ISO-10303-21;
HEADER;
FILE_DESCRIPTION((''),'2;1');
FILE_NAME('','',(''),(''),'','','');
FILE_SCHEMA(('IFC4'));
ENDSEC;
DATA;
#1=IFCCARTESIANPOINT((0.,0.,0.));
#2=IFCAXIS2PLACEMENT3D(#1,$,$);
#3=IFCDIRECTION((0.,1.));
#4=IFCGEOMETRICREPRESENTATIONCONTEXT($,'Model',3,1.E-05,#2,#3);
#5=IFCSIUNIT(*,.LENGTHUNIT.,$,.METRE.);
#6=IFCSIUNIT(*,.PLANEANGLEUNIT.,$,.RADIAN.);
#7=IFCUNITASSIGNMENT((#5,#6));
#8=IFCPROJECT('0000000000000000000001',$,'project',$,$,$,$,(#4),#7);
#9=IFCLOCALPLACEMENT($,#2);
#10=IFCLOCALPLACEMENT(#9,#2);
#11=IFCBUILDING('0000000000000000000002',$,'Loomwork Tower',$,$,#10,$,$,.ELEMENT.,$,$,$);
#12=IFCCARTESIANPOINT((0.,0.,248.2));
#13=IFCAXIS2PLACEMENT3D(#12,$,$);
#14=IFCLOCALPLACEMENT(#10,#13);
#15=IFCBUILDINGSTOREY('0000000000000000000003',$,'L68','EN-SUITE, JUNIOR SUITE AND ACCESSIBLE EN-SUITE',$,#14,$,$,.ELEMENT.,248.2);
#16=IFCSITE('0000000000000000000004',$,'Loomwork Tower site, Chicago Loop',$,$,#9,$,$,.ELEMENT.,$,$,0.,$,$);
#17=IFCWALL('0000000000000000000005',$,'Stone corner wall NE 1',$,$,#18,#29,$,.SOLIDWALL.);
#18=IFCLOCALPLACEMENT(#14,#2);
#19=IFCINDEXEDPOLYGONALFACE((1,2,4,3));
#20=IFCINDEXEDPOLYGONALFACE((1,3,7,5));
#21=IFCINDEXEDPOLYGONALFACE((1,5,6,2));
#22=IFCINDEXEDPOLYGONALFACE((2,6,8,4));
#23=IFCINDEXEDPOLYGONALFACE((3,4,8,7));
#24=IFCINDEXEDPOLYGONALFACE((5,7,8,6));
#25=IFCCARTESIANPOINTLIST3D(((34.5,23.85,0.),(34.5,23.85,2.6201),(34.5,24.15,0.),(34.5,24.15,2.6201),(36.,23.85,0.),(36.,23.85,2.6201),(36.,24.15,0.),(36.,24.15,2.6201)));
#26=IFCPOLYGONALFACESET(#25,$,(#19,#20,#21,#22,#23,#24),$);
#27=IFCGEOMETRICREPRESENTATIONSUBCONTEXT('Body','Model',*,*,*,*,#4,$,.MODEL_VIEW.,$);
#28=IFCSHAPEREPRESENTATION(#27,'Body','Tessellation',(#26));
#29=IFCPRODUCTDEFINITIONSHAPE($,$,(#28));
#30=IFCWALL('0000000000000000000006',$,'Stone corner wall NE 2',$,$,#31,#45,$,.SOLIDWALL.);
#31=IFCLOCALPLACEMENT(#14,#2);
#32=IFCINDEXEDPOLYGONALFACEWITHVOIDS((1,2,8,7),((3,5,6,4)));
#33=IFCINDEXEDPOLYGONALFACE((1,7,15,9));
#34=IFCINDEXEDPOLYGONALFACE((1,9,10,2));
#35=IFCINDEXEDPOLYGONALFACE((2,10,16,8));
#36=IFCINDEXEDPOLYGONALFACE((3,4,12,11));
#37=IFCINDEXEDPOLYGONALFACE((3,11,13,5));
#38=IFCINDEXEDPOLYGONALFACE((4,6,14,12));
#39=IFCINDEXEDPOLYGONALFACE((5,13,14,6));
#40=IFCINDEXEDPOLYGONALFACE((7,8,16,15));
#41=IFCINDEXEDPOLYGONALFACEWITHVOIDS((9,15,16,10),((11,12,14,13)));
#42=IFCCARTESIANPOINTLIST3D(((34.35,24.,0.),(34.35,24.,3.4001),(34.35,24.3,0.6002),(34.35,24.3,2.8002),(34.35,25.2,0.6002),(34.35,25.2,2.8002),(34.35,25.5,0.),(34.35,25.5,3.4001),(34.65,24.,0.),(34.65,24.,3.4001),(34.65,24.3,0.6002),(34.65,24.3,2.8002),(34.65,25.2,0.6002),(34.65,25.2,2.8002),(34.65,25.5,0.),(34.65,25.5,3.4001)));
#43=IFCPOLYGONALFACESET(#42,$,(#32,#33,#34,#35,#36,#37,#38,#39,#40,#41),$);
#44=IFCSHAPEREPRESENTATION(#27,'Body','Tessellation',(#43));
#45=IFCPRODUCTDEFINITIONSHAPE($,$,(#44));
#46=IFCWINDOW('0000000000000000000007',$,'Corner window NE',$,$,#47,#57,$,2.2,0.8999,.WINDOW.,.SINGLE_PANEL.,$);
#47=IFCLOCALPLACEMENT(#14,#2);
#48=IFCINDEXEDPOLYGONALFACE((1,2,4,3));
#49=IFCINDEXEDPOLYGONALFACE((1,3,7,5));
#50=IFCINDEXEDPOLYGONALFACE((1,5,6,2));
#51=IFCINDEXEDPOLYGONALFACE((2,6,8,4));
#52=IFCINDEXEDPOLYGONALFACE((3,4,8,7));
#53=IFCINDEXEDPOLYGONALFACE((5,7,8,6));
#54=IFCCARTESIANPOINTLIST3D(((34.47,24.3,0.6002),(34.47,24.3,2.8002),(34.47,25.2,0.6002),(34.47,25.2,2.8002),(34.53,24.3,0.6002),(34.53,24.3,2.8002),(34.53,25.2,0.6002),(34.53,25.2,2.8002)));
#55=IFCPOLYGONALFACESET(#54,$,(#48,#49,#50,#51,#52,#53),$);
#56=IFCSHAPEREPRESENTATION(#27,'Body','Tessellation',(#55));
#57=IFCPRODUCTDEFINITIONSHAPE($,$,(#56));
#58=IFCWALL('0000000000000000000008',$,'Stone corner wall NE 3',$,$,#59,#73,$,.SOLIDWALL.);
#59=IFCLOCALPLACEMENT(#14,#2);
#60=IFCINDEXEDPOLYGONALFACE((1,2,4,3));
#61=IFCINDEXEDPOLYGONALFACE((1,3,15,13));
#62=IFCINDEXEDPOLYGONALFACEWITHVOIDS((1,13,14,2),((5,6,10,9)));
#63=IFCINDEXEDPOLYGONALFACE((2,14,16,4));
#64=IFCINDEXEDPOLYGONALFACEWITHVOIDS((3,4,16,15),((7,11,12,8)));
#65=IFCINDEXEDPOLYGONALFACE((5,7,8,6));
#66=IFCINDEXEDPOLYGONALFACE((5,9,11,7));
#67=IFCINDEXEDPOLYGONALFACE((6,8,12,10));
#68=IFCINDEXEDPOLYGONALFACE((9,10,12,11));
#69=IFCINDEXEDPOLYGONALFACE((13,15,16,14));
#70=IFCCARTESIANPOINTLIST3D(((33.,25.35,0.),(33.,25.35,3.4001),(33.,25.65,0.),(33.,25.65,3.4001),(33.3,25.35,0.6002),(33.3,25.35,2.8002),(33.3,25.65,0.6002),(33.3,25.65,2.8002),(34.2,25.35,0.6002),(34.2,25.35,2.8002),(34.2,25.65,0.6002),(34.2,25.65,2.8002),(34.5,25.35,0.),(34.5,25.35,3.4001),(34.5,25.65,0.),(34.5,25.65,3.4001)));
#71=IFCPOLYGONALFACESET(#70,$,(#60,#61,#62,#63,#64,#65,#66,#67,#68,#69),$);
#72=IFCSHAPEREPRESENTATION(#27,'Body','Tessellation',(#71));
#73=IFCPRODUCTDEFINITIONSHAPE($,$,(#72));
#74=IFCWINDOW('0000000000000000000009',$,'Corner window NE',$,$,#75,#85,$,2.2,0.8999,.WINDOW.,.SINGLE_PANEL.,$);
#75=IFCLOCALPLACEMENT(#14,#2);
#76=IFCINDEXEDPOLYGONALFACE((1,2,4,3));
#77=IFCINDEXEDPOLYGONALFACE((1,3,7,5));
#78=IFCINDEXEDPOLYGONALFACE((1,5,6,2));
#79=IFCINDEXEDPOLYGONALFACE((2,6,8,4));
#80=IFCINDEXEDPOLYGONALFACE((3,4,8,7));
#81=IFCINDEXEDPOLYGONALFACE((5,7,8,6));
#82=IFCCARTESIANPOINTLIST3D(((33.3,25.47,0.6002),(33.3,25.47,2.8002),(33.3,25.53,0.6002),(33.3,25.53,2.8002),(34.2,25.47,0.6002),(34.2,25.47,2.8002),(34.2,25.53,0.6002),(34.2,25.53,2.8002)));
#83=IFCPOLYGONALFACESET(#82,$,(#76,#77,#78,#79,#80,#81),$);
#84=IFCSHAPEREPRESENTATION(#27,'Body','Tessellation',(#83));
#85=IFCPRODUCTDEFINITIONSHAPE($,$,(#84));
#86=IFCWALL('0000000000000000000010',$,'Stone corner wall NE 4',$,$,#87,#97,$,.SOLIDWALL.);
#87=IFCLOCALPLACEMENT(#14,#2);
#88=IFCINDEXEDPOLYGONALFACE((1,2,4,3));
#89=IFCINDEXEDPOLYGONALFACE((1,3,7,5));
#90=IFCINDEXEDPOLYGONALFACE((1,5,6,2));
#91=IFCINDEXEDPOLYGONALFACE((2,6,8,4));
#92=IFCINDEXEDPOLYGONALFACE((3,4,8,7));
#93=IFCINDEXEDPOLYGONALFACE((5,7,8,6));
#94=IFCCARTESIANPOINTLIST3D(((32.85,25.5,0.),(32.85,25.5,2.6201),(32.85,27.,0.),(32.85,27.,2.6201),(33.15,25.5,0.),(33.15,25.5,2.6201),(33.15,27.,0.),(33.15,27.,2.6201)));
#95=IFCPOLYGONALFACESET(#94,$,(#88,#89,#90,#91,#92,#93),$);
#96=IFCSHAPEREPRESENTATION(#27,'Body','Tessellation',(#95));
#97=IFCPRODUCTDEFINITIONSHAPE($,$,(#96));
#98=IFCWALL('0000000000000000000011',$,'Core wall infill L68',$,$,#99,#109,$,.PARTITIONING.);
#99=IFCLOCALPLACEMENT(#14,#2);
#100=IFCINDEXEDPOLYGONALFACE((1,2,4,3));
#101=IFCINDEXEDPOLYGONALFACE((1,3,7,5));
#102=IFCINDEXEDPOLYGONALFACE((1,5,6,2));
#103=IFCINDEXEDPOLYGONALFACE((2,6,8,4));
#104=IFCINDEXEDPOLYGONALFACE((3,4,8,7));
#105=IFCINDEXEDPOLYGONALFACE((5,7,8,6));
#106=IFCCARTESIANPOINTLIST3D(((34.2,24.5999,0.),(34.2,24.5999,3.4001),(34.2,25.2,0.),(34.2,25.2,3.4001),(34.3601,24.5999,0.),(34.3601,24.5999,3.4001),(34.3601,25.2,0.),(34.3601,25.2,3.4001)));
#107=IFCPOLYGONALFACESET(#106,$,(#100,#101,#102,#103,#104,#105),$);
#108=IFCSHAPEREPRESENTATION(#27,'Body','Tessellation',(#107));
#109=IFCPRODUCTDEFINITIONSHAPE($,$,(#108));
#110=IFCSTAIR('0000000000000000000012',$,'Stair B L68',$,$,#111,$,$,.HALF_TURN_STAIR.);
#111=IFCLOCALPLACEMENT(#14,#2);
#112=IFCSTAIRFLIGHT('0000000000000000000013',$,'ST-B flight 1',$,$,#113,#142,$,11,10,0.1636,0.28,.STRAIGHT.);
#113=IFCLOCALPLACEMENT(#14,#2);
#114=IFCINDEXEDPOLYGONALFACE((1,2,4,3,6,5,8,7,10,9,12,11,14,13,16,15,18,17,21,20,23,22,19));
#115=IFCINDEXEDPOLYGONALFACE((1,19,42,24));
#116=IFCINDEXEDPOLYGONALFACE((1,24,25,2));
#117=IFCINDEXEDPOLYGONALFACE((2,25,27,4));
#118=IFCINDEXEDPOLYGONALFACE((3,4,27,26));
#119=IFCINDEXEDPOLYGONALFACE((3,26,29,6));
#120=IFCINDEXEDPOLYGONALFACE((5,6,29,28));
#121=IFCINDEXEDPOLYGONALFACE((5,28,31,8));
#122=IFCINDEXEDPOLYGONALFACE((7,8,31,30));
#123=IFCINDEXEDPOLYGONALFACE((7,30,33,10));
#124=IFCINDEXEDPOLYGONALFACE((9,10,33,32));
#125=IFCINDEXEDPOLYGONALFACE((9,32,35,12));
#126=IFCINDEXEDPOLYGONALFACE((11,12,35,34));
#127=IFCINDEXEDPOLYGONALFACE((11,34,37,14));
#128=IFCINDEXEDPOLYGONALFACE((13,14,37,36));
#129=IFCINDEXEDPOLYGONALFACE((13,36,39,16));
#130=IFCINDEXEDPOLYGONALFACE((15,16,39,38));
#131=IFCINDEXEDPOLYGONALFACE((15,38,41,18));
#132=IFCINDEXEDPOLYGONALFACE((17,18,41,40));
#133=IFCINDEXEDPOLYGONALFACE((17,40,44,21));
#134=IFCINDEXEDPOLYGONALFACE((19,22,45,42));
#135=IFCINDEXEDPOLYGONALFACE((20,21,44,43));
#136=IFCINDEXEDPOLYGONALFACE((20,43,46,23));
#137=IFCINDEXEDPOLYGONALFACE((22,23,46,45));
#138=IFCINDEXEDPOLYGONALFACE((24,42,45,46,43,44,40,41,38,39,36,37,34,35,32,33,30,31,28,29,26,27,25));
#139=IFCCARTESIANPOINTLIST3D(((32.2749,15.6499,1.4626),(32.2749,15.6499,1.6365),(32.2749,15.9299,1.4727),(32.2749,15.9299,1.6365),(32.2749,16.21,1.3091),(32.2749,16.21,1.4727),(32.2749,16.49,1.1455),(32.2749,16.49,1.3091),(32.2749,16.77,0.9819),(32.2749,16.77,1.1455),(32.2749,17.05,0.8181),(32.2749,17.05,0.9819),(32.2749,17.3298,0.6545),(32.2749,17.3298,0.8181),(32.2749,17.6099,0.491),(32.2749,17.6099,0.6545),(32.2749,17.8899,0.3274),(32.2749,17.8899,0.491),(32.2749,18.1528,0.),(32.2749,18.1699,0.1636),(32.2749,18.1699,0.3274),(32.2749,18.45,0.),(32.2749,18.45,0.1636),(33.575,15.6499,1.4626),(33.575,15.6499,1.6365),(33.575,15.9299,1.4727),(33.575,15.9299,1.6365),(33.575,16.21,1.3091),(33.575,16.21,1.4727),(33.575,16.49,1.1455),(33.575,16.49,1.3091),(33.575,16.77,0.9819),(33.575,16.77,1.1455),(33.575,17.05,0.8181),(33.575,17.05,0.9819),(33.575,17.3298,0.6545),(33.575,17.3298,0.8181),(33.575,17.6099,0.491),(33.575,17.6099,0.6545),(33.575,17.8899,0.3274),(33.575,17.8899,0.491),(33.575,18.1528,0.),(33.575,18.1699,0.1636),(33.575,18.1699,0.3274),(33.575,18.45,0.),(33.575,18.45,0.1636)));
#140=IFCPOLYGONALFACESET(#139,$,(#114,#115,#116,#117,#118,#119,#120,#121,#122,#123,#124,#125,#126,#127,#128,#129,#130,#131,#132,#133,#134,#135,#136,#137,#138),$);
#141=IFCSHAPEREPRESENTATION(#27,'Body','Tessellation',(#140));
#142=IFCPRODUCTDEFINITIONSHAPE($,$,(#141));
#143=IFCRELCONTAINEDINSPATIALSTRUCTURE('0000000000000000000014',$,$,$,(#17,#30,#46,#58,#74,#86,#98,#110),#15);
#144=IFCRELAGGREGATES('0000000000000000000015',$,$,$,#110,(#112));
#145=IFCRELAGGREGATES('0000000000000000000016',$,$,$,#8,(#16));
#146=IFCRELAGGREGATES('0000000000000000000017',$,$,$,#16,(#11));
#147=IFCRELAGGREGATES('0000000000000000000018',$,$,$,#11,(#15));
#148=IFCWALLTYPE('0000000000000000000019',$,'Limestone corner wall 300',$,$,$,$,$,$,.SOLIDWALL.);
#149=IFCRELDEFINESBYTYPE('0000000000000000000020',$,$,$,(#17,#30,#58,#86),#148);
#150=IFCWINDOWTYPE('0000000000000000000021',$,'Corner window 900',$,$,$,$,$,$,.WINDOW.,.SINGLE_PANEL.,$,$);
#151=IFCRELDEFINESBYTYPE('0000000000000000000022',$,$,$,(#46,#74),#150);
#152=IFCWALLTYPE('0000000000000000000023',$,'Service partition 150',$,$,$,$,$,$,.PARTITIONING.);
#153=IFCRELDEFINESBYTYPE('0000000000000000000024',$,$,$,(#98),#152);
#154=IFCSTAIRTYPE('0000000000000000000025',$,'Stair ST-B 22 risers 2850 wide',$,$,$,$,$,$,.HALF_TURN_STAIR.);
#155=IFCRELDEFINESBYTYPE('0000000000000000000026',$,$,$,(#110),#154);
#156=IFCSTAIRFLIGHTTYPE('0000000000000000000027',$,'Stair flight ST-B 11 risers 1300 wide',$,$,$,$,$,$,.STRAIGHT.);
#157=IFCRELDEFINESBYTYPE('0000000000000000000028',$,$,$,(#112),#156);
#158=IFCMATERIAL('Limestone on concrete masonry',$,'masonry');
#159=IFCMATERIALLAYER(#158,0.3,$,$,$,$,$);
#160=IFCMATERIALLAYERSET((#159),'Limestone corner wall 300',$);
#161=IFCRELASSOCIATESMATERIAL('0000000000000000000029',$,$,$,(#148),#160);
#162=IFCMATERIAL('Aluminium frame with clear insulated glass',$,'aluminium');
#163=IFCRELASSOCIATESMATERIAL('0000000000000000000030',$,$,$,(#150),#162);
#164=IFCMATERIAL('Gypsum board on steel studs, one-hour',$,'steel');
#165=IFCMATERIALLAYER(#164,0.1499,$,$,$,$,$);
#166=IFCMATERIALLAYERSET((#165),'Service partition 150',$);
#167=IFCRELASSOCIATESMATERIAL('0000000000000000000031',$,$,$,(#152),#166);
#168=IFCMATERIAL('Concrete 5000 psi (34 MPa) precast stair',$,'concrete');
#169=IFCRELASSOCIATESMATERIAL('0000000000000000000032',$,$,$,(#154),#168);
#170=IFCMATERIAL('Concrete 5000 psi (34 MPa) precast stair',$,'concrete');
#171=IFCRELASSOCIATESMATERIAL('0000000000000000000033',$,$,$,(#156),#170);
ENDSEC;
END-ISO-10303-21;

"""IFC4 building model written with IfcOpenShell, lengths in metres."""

from ifc_helpers import new_model, si_unit, direction, frame, frame_2d, origin, place, context, subcontext, project, spatial, polyline, rectangle, outline, extrude, material, layer, layer_set, type_object, element, fill, aggregate, save


model = new_model("IFC4")

# Units and contexts
model_context = context("Model", 3, precision=1e-05, world=origin(), true_north=direction((0.0, 1.0)))
body_context = subcontext(model_context, "Body", "Model", "MODEL_VIEW")
ifc_project = project(units=[si_unit("LENGTHUNIT", "METRE"), si_unit("PLANEANGLEUNIT", "RADIAN")], contexts=[model_context])

# Site, building, storey
site_placement = place(None, origin())
site = spatial("IfcSite", under=ifc_project, at=site_placement, Name="Loomwork Tower site, Chicago Loop", CompositionType="ELEMENT", RefElevation=0.0)
building_placement = place(site_placement, origin())
building = spatial("IfcBuilding", under=site, at=building_placement, Name="Loomwork Tower", CompositionType="ELEMENT")
storey_placement = place(building_placement, frame((0.0, 0.0, 248.2)))
storey = spatial("IfcBuildingStorey", under=building, at=storey_placement, Name="L68", Description="EN-SUITE, JUNIOR SUITE AND ACCESSIBLE EN-SUITE", CompositionType="ELEMENT", Elevation=248.2)

# Wall
ifc_material_1 = material(Name="Limestone on concrete masonry", Category="masonry")
ifc_layer_1 = layer(ifc_material_1, 0.3)
ifc_layer_set_1 = layer_set([ifc_layer_1], Name="Limestone corner wall 300")
wall_type_1 = type_object("IfcWallType", Name="Limestone corner wall 300", PredefinedType="SOLIDWALL", material=ifc_layer_set_1)
wall_1_placement = place(storey_placement, frame((36.0, 24.0, 0.0), z_axis=(0.0, 0.0, 1.0), x_axis=(-1.0, 0.0, 0.0)))
element("IfcWall", 1, at=wall_1_placement, inside=storey, type_object=wall_type_1, Name="Stone corner wall NE 1", PredefinedType="SOLIDWALL", context=body_context, shape_type="SweptSolid", body=[
    extrude(rectangle(XDim=1.5, YDim=0.3, at=frame_2d((0.75, 0.0))), origin(), (0.0, 0.0, 1.0), 2.6201),
])

# Walls, openings, windows
wall_2_placement = place(storey_placement, frame((34.5, 24.0, 0.0), z_axis=(0.0, 0.0, 1.0), x_axis=(0.0, 1.0, 0.0)))
wall_2 = element("IfcWall", 2, at=wall_2_placement, inside=storey, type_object=wall_type_1, Name="Stone corner wall NE 2", PredefinedType="SOLIDWALL", context=body_context, shape_type="SweptSolid", body=[
    extrude(rectangle(XDim=1.5, YDim=0.3, at=frame_2d((0.75, 0.0))), origin(), (0.0, 0.0, 1.0), 3.4001),
])
opening_1_placement = place(wall_2_placement, frame((0.3, 0.0, 0.6001)))
opening_1 = element("IfcOpeningElement", 3, at=opening_1_placement, cuts=wall_2, PredefinedType="OPENING", context=body_context, shape_type="SweptSolid", body=[
    extrude(rectangle(XDim=0.8999, YDim=2.2, at=frame_2d((0.45, 1.1001))), frame((0.0, 0.1599, 0.0), z_axis=(0.0, -1.0, 0.0), x_axis=(1.0, 0.0, 0.0)), (0.0, 0.0, 1.0), 0.3201),
])
ifc_material_2 = material(Name="Aluminium frame with clear insulated glass", Category="aluminium")
window_type = type_object("IfcWindowType", Name="Corner window 900", PartitioningType="SINGLE_PANEL", PredefinedType="WINDOW", material=ifc_material_2)
window_1_placement = place(opening_1_placement, origin())
window_1 = element("IfcWindow", 4, at=window_1_placement, inside=storey, type_object=window_type, Name="Corner window NE", OverallHeight=2.2, OverallWidth=0.8999, PartitioningType="SINGLE_PANEL", PredefinedType="WINDOW", context=body_context, shape_type="SweptSolid", body=[
    extrude(rectangle(XDim=0.8999, YDim=2.2, at=frame_2d((0.45, 1.1001))), frame((0.0, 0.03, 0.0), z_axis=(0.0, -1.0, 0.0), x_axis=(1.0, 0.0, 0.0)), (0.0, 0.0, 1.0), 0.0601),
])
fill(opening_1, window_1)
wall_3_placement = place(storey_placement, frame((34.5, 25.5, 0.0), z_axis=(0.0, 0.0, 1.0), x_axis=(-1.0, 0.0, 0.0)))
wall_3 = element("IfcWall", 5, at=wall_3_placement, inside=storey, type_object=wall_type_1, Name="Stone corner wall NE 3", PredefinedType="SOLIDWALL", context=body_context, shape_type="SweptSolid", body=[
    extrude(rectangle(XDim=1.5, YDim=0.3, at=frame_2d((0.75, 0.0))), origin(), (0.0, 0.0, 1.0), 3.4001),
])
opening_2_placement = place(wall_3_placement, frame((0.3, 0.0, 0.6001)))
opening_2 = element("IfcOpeningElement", 6, at=opening_2_placement, cuts=wall_3, PredefinedType="OPENING", context=body_context, shape_type="SweptSolid", body=[
    extrude(rectangle(XDim=0.8999, YDim=2.2, at=frame_2d((0.45, 1.1001))), frame((0.0, 0.1599, 0.0), z_axis=(0.0, -1.0, 0.0), x_axis=(1.0, 0.0, 0.0)), (0.0, 0.0, 1.0), 0.3201),
])
window_2_placement = place(opening_2_placement, origin())
window_2 = element("IfcWindow", 7, at=window_2_placement, inside=storey, type_object=window_type, Name="Corner window NE", OverallHeight=2.2, OverallWidth=0.8999, PartitioningType="SINGLE_PANEL", PredefinedType="WINDOW", context=body_context, shape_type="SweptSolid", body=[
    extrude(rectangle(XDim=0.8999, YDim=2.2, at=frame_2d((0.45, 1.1001))), frame((0.0, 0.03, 0.0), z_axis=(0.0, -1.0, 0.0), x_axis=(1.0, 0.0, 0.0)), (0.0, 0.0, 1.0), 0.0601),
])
fill(opening_2, window_2)

# Walls
wall_4_placement = place(storey_placement, frame((33.0, 25.5, 0.0), z_axis=(0.0, 0.0, 1.0), x_axis=(0.0, 1.0, 0.0)))
element("IfcWall", 8, at=wall_4_placement, inside=storey, type_object=wall_type_1, Name="Stone corner wall NE 4", PredefinedType="SOLIDWALL", context=body_context, shape_type="SweptSolid", body=[
    extrude(rectangle(XDim=1.5, YDim=0.3, at=frame_2d((0.75, 0.0))), origin(), (0.0, 0.0, 1.0), 2.6201),
])
ifc_material_3 = material(Name="Gypsum board on steel studs, one-hour", Category="steel")
ifc_layer_2 = layer(ifc_material_3, 0.1499)
ifc_layer_set_2 = layer_set([ifc_layer_2], Name="Service partition 150")
wall_type_2 = type_object("IfcWallType", Name="Service partition 150", PredefinedType="PARTITIONING", material=ifc_layer_set_2)
wall_5_placement = place(storey_placement, frame((34.2, 24.8999, 0.0), z_axis=(0.0, 0.0, 1.0), x_axis=(1.0, 0.0, 0.0)))
element("IfcWall", 9, at=wall_5_placement, inside=storey, type_object=wall_type_2, Name="Core wall infill L68", PredefinedType="PARTITIONING", context=body_context, shape_type="SweptSolid", body=[
    extrude(rectangle(XDim=0.1602, YDim=0.6001, at=frame_2d((0.0801, 0.0))), origin(), (0.0, 0.0, 1.0), 3.4001),
])

# Stair, stair flight
ifc_material_4 = material(Name="Concrete 5000 psi (34 MPa) precast stair", Category="concrete")
stair_type = type_object("IfcStairType", Name="Stair ST-B 22 risers 2850 wide", PredefinedType="HALF_TURN_STAIR", material=ifc_material_4)
stair_placement = place(storey_placement, origin())
stair = element("IfcStair", 10, at=stair_placement, inside=storey, type_object=stair_type, Name="Stair B L68", PredefinedType="HALF_TURN_STAIR")
ifc_material_5 = material(Name="Concrete 5000 psi (34 MPa) precast stair", Category="concrete")
stair_flight_type = type_object("IfcStairFlightType", Name="Stair flight ST-B 11 risers 1300 wide", PredefinedType="STRAIGHT", material=ifc_material_5)
stair_flight_placement = place(storey_placement, frame((32.925, 18.45, 0.0), z_axis=(0.0, 0.0, 1.0), x_axis=(0.0, -1.0, 0.0)))
stair_flight = element("IfcStairFlight", 11, at=stair_flight_placement, type_object=stair_flight_type, Name="ST-B flight 1", NumberOfRisers=11, NumberOfTreads=10, PredefinedType="STRAIGHT", RiserHeight=0.1636, TreadLength=0.28, context=body_context, shape_type="SweptSolid", body=[
    extrude(outline(polyline([(0.0, 0.0), (0.0, 0.1636), (0.28, 0.1636), (0.28, 0.3274), (0.5601, 0.3274), (0.5601, 0.491), (0.8401, 0.491), (0.8401, 0.6545), (1.1201, 0.6545), (1.1201, 0.8181), (1.3999, 0.8181), (1.3999, 0.9819), (1.6799, 0.9819), (1.6799, 1.1455), (1.96, 1.1455), (1.96, 1.3091), (2.24, 1.3091), (2.24, 1.4727), (2.52, 1.4727), (2.52, 1.6365), (2.8, 1.6365), (2.8, 1.8), (2.8, 1.4626), (0.2971, 0.0), (0.0, 0.0)])), frame((0.0, 0.6499, 0.0), z_axis=(0.0, -1.0, 0.0), x_axis=(1.0, 0.0, 0.0)), (0.0, 0.0, 1.0), 1.3),
])
aggregate(stair, [stair_flight])

save(model, "model.ifc")
